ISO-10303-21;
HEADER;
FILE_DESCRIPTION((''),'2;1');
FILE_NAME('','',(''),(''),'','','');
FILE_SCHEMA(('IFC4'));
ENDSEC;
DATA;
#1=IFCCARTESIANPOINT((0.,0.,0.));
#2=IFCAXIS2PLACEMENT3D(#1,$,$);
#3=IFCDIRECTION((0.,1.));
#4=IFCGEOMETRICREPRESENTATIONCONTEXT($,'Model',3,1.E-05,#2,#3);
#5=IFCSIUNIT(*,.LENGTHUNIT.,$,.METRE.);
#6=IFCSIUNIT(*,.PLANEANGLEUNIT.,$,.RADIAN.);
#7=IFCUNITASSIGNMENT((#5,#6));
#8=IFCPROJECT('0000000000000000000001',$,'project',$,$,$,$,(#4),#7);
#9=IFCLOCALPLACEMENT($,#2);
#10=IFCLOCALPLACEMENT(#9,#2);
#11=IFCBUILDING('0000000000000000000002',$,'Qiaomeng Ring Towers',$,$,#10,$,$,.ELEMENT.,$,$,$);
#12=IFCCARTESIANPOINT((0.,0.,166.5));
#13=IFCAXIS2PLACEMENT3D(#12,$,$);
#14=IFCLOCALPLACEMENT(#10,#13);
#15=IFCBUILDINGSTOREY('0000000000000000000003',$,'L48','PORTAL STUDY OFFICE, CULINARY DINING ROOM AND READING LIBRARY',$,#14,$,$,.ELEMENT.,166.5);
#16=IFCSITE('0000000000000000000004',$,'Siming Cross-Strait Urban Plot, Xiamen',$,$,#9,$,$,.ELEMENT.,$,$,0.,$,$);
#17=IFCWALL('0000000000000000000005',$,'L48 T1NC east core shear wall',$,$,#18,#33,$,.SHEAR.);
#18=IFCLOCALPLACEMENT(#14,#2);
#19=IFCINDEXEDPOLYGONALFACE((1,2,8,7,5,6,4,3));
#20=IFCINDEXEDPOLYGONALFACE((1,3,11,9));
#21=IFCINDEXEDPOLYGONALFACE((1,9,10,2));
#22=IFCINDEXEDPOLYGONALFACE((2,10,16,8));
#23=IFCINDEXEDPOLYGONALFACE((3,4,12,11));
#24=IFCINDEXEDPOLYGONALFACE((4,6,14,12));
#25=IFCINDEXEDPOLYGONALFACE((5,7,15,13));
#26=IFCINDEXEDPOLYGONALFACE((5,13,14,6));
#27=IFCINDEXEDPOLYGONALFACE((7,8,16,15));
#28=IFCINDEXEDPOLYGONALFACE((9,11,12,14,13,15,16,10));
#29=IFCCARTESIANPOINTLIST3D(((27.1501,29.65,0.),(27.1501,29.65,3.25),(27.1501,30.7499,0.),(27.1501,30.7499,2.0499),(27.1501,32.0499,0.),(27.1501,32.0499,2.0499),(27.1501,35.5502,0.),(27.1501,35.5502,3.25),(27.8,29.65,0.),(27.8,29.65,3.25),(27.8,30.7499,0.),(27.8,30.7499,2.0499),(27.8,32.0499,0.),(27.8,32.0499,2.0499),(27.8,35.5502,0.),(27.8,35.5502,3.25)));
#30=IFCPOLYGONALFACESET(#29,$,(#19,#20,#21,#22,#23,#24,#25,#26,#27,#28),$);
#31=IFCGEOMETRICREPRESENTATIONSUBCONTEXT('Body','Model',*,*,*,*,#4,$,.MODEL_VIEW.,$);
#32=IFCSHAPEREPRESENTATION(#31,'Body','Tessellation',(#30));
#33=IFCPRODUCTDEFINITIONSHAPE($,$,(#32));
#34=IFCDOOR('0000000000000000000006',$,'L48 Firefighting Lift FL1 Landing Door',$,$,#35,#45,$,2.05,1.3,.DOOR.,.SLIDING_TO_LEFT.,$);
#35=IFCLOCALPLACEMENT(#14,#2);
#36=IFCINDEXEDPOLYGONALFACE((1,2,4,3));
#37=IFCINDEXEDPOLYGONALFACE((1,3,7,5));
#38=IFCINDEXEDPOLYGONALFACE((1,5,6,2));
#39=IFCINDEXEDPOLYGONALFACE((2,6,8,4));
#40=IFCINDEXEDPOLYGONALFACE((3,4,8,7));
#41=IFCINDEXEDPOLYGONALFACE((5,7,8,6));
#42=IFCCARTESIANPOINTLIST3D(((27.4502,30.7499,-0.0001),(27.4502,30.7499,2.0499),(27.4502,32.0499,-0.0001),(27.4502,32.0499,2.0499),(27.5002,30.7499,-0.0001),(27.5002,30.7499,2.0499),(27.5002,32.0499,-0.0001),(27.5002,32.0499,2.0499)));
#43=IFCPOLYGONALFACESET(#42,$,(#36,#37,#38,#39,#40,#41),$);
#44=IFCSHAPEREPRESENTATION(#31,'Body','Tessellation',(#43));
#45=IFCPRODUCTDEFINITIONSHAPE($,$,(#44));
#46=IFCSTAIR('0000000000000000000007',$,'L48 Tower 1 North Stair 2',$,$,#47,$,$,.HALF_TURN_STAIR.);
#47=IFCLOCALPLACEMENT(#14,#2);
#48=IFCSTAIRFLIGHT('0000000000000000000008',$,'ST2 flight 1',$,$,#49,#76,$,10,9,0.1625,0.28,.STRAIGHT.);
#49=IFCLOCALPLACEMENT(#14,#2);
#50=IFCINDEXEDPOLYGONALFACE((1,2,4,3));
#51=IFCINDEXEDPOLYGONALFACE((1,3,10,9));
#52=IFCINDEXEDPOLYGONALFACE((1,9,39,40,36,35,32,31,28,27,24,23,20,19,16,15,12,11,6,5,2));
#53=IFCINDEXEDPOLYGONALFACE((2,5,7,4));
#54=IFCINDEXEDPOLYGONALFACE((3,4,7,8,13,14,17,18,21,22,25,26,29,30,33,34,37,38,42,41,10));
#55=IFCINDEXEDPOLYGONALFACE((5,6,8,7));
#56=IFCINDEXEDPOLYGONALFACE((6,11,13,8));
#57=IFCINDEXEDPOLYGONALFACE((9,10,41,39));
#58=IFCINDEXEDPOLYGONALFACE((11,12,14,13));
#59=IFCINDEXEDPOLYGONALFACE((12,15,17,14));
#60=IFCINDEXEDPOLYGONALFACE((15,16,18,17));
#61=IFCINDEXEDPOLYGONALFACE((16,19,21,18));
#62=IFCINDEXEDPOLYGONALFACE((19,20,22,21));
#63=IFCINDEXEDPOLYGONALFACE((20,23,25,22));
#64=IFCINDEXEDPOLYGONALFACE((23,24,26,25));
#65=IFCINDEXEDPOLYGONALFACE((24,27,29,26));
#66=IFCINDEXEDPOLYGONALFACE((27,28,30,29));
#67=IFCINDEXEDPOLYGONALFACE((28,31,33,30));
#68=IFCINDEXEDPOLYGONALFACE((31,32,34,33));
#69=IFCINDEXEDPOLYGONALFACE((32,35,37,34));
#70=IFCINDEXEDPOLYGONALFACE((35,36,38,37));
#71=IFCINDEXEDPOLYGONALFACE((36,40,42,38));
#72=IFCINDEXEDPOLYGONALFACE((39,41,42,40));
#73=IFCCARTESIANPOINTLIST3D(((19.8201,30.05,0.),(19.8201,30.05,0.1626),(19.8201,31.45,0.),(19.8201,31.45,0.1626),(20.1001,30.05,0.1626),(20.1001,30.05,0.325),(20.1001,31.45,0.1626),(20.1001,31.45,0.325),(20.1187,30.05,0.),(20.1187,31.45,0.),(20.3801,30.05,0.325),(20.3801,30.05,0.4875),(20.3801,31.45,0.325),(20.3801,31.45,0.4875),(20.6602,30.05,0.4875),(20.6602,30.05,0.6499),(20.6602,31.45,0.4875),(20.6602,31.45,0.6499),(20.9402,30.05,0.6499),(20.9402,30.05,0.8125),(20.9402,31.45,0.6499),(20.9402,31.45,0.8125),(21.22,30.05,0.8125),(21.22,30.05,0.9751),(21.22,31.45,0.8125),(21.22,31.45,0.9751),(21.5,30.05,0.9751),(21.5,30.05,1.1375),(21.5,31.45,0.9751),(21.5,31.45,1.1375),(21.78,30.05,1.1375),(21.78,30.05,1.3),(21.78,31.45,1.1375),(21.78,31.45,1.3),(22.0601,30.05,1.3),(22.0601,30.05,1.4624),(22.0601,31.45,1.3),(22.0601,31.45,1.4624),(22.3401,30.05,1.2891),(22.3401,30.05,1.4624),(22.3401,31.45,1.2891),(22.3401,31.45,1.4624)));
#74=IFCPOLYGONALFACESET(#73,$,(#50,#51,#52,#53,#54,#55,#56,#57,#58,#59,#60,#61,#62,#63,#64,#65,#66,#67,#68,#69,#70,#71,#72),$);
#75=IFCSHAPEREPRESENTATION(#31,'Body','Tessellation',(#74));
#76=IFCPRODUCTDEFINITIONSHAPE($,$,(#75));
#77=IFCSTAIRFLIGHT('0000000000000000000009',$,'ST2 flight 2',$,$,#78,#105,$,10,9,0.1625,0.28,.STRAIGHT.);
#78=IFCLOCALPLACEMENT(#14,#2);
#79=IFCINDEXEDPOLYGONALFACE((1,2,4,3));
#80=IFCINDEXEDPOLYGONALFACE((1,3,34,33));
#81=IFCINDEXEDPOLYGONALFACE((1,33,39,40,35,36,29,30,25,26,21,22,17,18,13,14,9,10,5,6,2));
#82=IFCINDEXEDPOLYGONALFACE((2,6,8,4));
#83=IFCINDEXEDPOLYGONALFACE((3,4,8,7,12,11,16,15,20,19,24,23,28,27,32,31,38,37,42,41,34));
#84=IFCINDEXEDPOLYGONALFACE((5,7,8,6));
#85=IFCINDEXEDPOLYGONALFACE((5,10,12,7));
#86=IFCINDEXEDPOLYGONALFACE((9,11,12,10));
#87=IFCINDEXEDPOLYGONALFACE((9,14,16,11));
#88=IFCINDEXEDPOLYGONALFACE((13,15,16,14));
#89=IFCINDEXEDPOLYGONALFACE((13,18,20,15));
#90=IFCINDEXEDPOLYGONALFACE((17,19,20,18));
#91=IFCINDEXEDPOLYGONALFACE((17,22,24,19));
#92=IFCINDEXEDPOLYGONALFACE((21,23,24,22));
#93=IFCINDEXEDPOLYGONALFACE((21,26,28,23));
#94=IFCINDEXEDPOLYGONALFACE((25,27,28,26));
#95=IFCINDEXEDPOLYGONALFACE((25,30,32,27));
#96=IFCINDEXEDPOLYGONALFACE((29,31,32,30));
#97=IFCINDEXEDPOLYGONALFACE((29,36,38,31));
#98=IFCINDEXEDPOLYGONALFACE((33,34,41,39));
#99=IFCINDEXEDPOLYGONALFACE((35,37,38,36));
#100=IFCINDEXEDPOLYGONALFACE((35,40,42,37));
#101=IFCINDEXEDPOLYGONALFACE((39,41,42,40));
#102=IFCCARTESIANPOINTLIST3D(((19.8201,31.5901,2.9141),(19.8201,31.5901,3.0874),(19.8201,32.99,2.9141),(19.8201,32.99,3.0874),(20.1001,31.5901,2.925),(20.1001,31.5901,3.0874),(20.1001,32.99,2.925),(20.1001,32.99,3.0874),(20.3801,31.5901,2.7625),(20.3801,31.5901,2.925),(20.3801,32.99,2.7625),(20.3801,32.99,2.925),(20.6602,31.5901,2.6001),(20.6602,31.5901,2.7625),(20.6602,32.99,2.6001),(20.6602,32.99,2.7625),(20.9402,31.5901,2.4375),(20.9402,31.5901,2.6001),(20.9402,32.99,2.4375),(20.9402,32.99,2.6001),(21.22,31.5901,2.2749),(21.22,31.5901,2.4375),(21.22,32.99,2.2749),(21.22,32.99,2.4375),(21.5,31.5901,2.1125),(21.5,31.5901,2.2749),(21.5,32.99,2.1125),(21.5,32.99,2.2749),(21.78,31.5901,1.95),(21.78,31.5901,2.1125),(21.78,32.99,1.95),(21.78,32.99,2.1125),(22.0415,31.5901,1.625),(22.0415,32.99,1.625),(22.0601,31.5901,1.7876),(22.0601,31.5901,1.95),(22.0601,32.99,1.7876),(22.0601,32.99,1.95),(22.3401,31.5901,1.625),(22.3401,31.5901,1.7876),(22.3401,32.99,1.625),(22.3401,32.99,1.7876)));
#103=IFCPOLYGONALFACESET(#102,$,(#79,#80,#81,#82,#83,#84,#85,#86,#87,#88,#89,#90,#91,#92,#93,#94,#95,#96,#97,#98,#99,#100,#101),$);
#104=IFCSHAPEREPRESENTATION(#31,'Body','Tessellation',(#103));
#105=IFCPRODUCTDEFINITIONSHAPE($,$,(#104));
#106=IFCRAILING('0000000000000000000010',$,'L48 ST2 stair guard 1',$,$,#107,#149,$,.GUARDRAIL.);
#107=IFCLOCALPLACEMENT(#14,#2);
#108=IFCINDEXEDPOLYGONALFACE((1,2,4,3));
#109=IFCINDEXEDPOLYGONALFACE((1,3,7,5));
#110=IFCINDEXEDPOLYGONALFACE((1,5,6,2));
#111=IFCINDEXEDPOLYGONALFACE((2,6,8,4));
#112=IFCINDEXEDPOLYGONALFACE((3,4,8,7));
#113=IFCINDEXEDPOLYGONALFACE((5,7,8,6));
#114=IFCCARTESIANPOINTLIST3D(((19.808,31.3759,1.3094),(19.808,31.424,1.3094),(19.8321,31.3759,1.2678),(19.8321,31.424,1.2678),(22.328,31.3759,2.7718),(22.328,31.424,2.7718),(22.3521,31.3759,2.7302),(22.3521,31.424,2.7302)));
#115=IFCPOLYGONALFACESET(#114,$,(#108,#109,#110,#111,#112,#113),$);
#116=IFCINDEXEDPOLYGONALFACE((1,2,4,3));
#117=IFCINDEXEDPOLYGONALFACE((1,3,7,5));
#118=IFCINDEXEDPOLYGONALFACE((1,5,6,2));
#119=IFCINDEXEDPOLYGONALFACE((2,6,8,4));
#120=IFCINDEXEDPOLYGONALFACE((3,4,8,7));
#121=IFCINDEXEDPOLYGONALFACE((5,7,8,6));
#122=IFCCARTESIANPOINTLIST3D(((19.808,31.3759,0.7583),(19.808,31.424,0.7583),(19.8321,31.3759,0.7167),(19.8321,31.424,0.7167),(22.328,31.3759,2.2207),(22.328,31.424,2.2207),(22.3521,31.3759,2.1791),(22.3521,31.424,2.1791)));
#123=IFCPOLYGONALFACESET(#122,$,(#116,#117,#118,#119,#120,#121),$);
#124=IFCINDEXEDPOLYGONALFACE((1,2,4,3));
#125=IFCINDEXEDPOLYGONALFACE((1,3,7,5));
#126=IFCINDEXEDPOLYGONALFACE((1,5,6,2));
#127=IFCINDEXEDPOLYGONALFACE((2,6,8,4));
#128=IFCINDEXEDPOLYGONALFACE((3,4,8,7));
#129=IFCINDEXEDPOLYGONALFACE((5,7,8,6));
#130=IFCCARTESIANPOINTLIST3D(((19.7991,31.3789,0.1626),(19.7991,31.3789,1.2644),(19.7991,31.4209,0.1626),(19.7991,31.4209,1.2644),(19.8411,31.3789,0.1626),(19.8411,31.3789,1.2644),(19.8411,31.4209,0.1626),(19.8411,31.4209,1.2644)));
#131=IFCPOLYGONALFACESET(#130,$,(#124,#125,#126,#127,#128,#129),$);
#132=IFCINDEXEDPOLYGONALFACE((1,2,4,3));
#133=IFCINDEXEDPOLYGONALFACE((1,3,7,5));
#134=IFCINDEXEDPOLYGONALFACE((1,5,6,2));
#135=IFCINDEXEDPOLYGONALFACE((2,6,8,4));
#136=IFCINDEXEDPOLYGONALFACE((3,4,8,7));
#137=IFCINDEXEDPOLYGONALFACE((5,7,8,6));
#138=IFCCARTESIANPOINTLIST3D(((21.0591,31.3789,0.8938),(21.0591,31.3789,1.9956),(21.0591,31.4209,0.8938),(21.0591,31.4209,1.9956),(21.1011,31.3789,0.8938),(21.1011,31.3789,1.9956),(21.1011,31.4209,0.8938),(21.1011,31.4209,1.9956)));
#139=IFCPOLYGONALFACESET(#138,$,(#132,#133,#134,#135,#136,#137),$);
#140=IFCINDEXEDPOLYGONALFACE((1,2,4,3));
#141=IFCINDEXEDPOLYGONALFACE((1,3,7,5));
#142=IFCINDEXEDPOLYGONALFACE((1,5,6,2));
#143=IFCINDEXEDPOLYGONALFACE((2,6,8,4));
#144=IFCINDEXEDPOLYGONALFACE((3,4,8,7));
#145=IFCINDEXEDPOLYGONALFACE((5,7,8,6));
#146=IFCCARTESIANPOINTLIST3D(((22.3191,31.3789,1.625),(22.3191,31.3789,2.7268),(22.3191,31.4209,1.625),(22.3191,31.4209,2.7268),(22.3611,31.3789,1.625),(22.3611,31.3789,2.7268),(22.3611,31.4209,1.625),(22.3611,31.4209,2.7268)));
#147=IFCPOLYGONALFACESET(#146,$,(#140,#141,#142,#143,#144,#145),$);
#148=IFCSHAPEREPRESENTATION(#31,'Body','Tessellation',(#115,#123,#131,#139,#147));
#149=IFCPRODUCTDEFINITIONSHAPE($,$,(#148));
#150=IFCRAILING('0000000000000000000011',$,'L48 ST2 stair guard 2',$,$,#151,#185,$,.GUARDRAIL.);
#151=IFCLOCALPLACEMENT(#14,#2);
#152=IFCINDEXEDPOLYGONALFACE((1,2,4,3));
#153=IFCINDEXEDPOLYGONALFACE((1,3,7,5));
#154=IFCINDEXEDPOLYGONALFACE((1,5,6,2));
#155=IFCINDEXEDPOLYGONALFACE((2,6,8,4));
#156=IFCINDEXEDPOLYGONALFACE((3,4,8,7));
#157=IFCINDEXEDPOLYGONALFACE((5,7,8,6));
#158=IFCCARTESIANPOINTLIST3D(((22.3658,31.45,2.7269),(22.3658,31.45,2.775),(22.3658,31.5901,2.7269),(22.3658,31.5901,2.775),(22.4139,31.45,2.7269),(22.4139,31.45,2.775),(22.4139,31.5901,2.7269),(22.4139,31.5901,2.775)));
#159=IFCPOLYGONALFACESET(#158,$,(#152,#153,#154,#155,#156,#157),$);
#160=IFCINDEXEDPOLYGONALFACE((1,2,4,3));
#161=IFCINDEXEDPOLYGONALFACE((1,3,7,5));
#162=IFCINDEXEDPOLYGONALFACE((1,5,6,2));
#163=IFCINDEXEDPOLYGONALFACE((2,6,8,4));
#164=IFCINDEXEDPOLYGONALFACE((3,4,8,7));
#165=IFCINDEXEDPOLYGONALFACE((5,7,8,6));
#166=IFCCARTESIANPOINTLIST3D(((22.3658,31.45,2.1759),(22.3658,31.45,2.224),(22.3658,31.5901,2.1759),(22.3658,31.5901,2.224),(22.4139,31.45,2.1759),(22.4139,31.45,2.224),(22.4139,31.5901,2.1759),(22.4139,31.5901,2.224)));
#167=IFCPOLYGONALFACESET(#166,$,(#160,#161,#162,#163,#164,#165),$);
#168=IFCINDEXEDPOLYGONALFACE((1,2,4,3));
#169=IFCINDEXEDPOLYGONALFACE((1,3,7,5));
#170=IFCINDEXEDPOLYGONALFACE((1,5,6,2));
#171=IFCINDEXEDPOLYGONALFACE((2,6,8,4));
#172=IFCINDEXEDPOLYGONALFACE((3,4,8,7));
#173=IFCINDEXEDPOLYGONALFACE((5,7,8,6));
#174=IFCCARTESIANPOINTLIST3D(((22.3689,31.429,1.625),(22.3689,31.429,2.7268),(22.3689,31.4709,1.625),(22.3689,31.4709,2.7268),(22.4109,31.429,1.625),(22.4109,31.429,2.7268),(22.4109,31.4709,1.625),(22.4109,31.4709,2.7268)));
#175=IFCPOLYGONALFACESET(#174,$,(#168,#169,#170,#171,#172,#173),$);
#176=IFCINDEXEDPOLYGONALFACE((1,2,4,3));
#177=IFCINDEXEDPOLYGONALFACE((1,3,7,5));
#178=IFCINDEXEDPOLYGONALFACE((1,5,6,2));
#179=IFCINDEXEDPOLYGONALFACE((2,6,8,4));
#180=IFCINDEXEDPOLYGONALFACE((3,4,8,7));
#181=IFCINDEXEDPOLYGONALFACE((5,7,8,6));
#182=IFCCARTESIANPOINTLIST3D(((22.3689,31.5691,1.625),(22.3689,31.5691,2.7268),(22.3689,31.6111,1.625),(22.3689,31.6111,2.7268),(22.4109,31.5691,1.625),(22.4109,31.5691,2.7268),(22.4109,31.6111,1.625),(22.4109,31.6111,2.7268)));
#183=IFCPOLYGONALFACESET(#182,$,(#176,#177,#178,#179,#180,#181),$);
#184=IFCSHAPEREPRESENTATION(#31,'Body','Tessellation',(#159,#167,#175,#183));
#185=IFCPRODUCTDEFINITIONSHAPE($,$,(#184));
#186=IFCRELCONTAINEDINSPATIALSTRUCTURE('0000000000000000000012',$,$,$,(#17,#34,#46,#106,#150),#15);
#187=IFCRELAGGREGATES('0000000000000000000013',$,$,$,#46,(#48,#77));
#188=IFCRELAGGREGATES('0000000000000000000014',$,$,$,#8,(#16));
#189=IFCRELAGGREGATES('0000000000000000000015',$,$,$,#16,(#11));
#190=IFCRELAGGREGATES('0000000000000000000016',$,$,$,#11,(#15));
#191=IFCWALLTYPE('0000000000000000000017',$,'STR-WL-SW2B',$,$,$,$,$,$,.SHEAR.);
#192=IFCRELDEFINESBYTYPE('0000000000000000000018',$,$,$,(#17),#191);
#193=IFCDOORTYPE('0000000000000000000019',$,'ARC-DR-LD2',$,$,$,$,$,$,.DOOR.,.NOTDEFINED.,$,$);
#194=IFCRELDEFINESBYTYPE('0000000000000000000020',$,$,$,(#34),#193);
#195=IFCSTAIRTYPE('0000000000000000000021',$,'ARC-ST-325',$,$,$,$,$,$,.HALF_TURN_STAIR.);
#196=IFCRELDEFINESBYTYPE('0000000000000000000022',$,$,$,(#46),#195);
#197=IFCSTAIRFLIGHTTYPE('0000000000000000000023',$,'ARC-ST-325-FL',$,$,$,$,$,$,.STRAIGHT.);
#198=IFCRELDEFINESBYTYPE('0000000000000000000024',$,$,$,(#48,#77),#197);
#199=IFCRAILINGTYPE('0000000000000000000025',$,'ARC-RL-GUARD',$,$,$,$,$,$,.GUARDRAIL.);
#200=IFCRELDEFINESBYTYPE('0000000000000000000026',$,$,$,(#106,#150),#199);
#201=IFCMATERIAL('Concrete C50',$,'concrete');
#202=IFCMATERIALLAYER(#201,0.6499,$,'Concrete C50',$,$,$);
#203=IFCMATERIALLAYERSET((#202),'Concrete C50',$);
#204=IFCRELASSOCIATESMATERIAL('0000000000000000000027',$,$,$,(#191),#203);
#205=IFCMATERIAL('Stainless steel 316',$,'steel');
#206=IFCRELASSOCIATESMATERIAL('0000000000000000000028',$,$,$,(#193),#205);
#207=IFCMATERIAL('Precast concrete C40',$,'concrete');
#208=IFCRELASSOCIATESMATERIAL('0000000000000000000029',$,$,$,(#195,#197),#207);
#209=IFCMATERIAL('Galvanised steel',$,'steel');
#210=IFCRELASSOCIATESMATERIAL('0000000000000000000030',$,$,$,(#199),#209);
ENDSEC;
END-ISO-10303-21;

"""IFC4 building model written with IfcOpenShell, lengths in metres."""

from ifc_helpers import new_model, si_unit, direction, frame, frame_2d, origin, origin_2d, place, context, subcontext, project, spatial, polyline, rectangle, outline, extrude, source, transform, mapped, material, layer, layer_set, type_object, element, fill, aggregate, save


model = new_model("IFC4")

# Units and contexts
model_context = context("Model", 3, precision=1e-05, world=origin(), true_north=direction((0.0, 1.0)))
body_context = subcontext(model_context, "Body", "Model", "MODEL_VIEW")
ifc_project = project(units=[si_unit("LENGTHUNIT", "METRE"), si_unit("PLANEANGLEUNIT", "RADIAN")], contexts=[model_context])

# Site, building, storey
site_placement = place(None, origin())
site = spatial("IfcSite", under=ifc_project, at=site_placement, Name="Siming Cross-Strait Urban Plot, Xiamen", CompositionType="ELEMENT", RefElevation=0.0)
building_placement = place(site_placement, origin())
building = spatial("IfcBuilding", under=site, at=building_placement, Name="Qiaomeng Ring Towers", CompositionType="ELEMENT")
storey_placement = place(building_placement, frame((0.0, 0.0, 166.5)))
storey = spatial("IfcBuildingStorey", under=building, at=storey_placement, Name="L48", Description="PORTAL STUDY OFFICE, CULINARY DINING ROOM AND READING LIBRARY", CompositionType="ELEMENT", Elevation=166.5)

# Shared definitions
ifc_material_1 = material(Name="Precast concrete C40", Category="concrete")

# Shared definitions
ifc_material_2 = material(Name="Galvanised steel", Category="steel")

# Wall, opening, door
ifc_material_3 = material(Name="Concrete C50", Category="concrete")
ifc_layer_1 = layer(ifc_material_3, 0.6499, Name="Concrete C50")
ifc_layer_set_1 = layer_set([ifc_layer_1], Name="Concrete C50")
wall_type_1 = type_object("IfcWallType", Name="STR-WL-SW2B", PredefinedType="SHEAR", material=ifc_layer_set_1)
wall_1_placement = place(storey_placement, frame((27.4751, 29.6499, 0.0), z_axis=(0.0, 0.0, 1.0), x_axis=(0.0, 1.0, 0.0)))
wall_1 = element("IfcWall", 1, at=wall_1_placement, inside=storey, type_object=wall_type_1, Name="L48 T1NC east core shear wall", PredefinedType="SHEAR", context=body_context, shape_type="SweptSolid", body=[
    extrude(rectangle(XDim=5.9001, YDim=0.6499, at=frame_2d((2.9502, 0.0))), origin(), (0.0, 0.0, 1.0), 3.25),
])
opening_1_placement = place(wall_1_placement, frame((1.1001, 0.0, 0.0)))
opening_1 = element("IfcOpeningElement", 2, at=opening_1_placement, cuts=wall_1, PredefinedType="OPENING", context=body_context, shape_type="SweptSolid", body=[
    extrude(rectangle(XDim=1.3, YDim=2.05, at=frame_2d((0.6499, 1.0249))), frame((0.0, 0.335, 0.0), z_axis=(0.0, -1.0, 0.0), x_axis=(1.0, 0.0, 0.0)), (0.0, 0.0, 1.0), 0.6699),
])
ifc_material_4 = material(Name="Stainless steel 316", Category="steel")
door_type_1 = type_object("IfcDoorType", Name="ARC-DR-LD2", OperationType="NOTDEFINED", PredefinedType="DOOR", material=ifc_material_4)
shared_shape_1 = source(origin(), body_context, "Body", "SweptSolid", [
    extrude(rectangle(XDim=1.3, YDim=2.05, at=frame_2d((0.6499, 1.0249))), frame((0.0, 0.0249, 0.0), z_axis=(0.0, -1.0, 0.0), x_axis=(1.0, 0.0, 0.0)), (0.0, 0.0, 1.0), 0.05),
])
door_1_placement = place(opening_1_placement, origin())
door_1 = element("IfcDoor", 3, at=door_1_placement, inside=storey, type_object=door_type_1, Name="L48 Firefighting Lift FL1 Landing Door", OperationType="SLIDING_TO_LEFT", OverallHeight=2.05, OverallWidth=1.3, PredefinedType="DOOR", context=body_context, shape_type="MappedRepresentation", body=[
    mapped(shared_shape_1, transform((0.0, 0.0, 0.0), x_axis=(1.0, 0.0, 0.0), y_axis=(0.0, 1.0, 0.0), z_axis=(0.0, 0.0, 1.0), scale=1.0)),
])
fill(opening_1, door_1)

# Stair, stair flights
stair_type = type_object("IfcStairType", Name="ARC-ST-325", PredefinedType="HALF_TURN_STAIR", material=ifc_material_1)
stair_placement = place(storey_placement, origin())
stair = element("IfcStair", 4, at=stair_placement, inside=storey, type_object=stair_type, Name="L48 Tower 1 North Stair 2", PredefinedType="HALF_TURN_STAIR")
stair_flight_type = type_object("IfcStairFlightType", Name="ARC-ST-325-FL", PredefinedType="STRAIGHT", material=ifc_material_1)
shared_shape_2 = source(origin(), body_context, "Body", "SweptSolid", [
    extrude(outline(polyline([(0.0, 0.0), (0.0, 0.1626), (0.28, 0.1626), (0.28, 0.325), (0.5601, 0.325), (0.5601, 0.4875), (0.8401, 0.4875), (0.8401, 0.6499), (1.1201, 0.6499), (1.1201, 0.8125), (1.3999, 0.8125), (1.3999, 0.9751), (1.6799, 0.9751), (1.6799, 1.1375), (1.96, 1.1375), (1.96, 1.3), (2.24, 1.3), (2.24, 1.4624), (2.52, 1.4624), (2.52, 1.625), (2.52, 1.2891), (0.2986, 0.0), (0.0, 0.0)])), frame((0.0, 0.7, 0.0), z_axis=(0.0, -1.0, 0.0), x_axis=(1.0, 0.0, 0.0)), (0.0, 0.0, 1.0), 1.3999),
])
stair_flight_1_placement = place(storey_placement, frame((19.8201, 30.75, 0.0), z_axis=(0.0, 0.0, 1.0), x_axis=(1.0, 0.0, 0.0)))
stair_flight_1 = element("IfcStairFlight", 5, at=stair_flight_1_placement, type_object=stair_flight_type, Name="ST2 flight 1", NumberOfRisers=10, NumberOfTreads=9, PredefinedType="STRAIGHT", RiserHeight=0.1625, TreadLength=0.28, context=body_context, shape_type="MappedRepresentation", body=[
    mapped(shared_shape_2, transform((0.0, 0.0, 0.0), x_axis=(1.0, 0.0, 0.0), y_axis=(0.0, 1.0, 0.0), z_axis=(0.0, 0.0, 1.0), scale=1.0)),
])
stair_flight_2_placement = place(storey_placement, frame((22.3401, 32.29, 1.625), z_axis=(0.0, 0.0, 1.0), x_axis=(-1.0, 0.0, 0.0)))
stair_flight_2 = element("IfcStairFlight", 6, at=stair_flight_2_placement, type_object=stair_flight_type, Name="ST2 flight 2", NumberOfRisers=10, NumberOfTreads=9, PredefinedType="STRAIGHT", RiserHeight=0.1625, TreadLength=0.28, context=body_context, shape_type="MappedRepresentation", body=[
    mapped(shared_shape_2, transform((0.0, 0.0, 0.0), x_axis=(1.0, 0.0, 0.0), y_axis=(0.0, 1.0, 0.0), z_axis=(0.0, 0.0, 1.0), scale=1.0)),
])
aggregate(stair, [stair_flight_1, stair_flight_2])

# Railings
railing_type_1 = type_object("IfcRailingType", Name="ARC-RL-GUARD", PredefinedType="GUARDRAIL", material=ifc_material_2)
railing_1_placement = place(storey_placement, frame((19.8201, 31.3999, 0.1626)))
element("IfcRailing", 7, at=railing_1_placement, inside=storey, type_object=railing_type_1, Name="L48 ST2 stair guard 1", PredefinedType="GUARDRAIL", context=body_context, shape_type="SweptSolid", body=[
    extrude(rectangle(XDim=0.0481, YDim=0.0481, at=origin_2d()), frame((0.0, 0.0, 1.126), z_axis=(0.864913, 0.0, 0.501921), x_axis=(0.0, 1.0, 0.0)), (0.0, 0.0, 1.0), 2.9136),
    extrude(rectangle(XDim=0.0481, YDim=0.0481, at=origin_2d()), frame((0.0, 0.0, 0.575), z_axis=(0.864913, 0.0, 0.501921), x_axis=(0.0, 1.0, 0.0)), (0.0, 0.0, 1.0), 2.9136),
    extrude(rectangle(XDim=0.042, YDim=0.042, at=origin_2d()), origin(), (0.0, 0.0, 1.0), 1.1018),
    extrude(rectangle(XDim=0.042, YDim=0.042, at=origin_2d()), frame((1.26, 0.0, 0.7312)), (0.0, 0.0, 1.0), 1.1018),
    extrude(rectangle(XDim=0.042, YDim=0.042, at=origin_2d()), frame((2.52, 0.0, 1.4624)), (0.0, 0.0, 1.0), 1.1018),
])
railing_2_placement = place(storey_placement, frame((22.3899, 31.45, 1.625)))
element("IfcRailing", 8, at=railing_2_placement, inside=storey, type_object=railing_type_1, Name="L48 ST2 stair guard 2", PredefinedType="GUARDRAIL", context=body_context, shape_type="SweptSolid", body=[
    extrude(rectangle(XDim=0.0481, YDim=0.0481, at=origin_2d()), frame((0.0, 0.0, 1.126), z_axis=(0.0, 1.0, 0.0), x_axis=(-1.0, 0.0, 0.0)), (0.0, 0.0, 1.0), 0.1401),
    extrude(rectangle(XDim=0.0481, YDim=0.0481, at=origin_2d()), frame((0.0, 0.0, 0.575), z_axis=(0.0, 1.0, 0.0), x_axis=(-1.0, 0.0, 0.0)), (0.0, 0.0, 1.0), 0.1401),
    extrude(rectangle(XDim=0.042, YDim=0.042, at=origin_2d()), origin(), (0.0, 0.0, 1.0), 1.1018),
    extrude(rectangle(XDim=0.042, YDim=0.042, at=origin_2d()), frame((0.0, 0.1401, 0.0)), (0.0, 0.0, 1.0), 1.1018),
])

save(model, "model.ifc")
